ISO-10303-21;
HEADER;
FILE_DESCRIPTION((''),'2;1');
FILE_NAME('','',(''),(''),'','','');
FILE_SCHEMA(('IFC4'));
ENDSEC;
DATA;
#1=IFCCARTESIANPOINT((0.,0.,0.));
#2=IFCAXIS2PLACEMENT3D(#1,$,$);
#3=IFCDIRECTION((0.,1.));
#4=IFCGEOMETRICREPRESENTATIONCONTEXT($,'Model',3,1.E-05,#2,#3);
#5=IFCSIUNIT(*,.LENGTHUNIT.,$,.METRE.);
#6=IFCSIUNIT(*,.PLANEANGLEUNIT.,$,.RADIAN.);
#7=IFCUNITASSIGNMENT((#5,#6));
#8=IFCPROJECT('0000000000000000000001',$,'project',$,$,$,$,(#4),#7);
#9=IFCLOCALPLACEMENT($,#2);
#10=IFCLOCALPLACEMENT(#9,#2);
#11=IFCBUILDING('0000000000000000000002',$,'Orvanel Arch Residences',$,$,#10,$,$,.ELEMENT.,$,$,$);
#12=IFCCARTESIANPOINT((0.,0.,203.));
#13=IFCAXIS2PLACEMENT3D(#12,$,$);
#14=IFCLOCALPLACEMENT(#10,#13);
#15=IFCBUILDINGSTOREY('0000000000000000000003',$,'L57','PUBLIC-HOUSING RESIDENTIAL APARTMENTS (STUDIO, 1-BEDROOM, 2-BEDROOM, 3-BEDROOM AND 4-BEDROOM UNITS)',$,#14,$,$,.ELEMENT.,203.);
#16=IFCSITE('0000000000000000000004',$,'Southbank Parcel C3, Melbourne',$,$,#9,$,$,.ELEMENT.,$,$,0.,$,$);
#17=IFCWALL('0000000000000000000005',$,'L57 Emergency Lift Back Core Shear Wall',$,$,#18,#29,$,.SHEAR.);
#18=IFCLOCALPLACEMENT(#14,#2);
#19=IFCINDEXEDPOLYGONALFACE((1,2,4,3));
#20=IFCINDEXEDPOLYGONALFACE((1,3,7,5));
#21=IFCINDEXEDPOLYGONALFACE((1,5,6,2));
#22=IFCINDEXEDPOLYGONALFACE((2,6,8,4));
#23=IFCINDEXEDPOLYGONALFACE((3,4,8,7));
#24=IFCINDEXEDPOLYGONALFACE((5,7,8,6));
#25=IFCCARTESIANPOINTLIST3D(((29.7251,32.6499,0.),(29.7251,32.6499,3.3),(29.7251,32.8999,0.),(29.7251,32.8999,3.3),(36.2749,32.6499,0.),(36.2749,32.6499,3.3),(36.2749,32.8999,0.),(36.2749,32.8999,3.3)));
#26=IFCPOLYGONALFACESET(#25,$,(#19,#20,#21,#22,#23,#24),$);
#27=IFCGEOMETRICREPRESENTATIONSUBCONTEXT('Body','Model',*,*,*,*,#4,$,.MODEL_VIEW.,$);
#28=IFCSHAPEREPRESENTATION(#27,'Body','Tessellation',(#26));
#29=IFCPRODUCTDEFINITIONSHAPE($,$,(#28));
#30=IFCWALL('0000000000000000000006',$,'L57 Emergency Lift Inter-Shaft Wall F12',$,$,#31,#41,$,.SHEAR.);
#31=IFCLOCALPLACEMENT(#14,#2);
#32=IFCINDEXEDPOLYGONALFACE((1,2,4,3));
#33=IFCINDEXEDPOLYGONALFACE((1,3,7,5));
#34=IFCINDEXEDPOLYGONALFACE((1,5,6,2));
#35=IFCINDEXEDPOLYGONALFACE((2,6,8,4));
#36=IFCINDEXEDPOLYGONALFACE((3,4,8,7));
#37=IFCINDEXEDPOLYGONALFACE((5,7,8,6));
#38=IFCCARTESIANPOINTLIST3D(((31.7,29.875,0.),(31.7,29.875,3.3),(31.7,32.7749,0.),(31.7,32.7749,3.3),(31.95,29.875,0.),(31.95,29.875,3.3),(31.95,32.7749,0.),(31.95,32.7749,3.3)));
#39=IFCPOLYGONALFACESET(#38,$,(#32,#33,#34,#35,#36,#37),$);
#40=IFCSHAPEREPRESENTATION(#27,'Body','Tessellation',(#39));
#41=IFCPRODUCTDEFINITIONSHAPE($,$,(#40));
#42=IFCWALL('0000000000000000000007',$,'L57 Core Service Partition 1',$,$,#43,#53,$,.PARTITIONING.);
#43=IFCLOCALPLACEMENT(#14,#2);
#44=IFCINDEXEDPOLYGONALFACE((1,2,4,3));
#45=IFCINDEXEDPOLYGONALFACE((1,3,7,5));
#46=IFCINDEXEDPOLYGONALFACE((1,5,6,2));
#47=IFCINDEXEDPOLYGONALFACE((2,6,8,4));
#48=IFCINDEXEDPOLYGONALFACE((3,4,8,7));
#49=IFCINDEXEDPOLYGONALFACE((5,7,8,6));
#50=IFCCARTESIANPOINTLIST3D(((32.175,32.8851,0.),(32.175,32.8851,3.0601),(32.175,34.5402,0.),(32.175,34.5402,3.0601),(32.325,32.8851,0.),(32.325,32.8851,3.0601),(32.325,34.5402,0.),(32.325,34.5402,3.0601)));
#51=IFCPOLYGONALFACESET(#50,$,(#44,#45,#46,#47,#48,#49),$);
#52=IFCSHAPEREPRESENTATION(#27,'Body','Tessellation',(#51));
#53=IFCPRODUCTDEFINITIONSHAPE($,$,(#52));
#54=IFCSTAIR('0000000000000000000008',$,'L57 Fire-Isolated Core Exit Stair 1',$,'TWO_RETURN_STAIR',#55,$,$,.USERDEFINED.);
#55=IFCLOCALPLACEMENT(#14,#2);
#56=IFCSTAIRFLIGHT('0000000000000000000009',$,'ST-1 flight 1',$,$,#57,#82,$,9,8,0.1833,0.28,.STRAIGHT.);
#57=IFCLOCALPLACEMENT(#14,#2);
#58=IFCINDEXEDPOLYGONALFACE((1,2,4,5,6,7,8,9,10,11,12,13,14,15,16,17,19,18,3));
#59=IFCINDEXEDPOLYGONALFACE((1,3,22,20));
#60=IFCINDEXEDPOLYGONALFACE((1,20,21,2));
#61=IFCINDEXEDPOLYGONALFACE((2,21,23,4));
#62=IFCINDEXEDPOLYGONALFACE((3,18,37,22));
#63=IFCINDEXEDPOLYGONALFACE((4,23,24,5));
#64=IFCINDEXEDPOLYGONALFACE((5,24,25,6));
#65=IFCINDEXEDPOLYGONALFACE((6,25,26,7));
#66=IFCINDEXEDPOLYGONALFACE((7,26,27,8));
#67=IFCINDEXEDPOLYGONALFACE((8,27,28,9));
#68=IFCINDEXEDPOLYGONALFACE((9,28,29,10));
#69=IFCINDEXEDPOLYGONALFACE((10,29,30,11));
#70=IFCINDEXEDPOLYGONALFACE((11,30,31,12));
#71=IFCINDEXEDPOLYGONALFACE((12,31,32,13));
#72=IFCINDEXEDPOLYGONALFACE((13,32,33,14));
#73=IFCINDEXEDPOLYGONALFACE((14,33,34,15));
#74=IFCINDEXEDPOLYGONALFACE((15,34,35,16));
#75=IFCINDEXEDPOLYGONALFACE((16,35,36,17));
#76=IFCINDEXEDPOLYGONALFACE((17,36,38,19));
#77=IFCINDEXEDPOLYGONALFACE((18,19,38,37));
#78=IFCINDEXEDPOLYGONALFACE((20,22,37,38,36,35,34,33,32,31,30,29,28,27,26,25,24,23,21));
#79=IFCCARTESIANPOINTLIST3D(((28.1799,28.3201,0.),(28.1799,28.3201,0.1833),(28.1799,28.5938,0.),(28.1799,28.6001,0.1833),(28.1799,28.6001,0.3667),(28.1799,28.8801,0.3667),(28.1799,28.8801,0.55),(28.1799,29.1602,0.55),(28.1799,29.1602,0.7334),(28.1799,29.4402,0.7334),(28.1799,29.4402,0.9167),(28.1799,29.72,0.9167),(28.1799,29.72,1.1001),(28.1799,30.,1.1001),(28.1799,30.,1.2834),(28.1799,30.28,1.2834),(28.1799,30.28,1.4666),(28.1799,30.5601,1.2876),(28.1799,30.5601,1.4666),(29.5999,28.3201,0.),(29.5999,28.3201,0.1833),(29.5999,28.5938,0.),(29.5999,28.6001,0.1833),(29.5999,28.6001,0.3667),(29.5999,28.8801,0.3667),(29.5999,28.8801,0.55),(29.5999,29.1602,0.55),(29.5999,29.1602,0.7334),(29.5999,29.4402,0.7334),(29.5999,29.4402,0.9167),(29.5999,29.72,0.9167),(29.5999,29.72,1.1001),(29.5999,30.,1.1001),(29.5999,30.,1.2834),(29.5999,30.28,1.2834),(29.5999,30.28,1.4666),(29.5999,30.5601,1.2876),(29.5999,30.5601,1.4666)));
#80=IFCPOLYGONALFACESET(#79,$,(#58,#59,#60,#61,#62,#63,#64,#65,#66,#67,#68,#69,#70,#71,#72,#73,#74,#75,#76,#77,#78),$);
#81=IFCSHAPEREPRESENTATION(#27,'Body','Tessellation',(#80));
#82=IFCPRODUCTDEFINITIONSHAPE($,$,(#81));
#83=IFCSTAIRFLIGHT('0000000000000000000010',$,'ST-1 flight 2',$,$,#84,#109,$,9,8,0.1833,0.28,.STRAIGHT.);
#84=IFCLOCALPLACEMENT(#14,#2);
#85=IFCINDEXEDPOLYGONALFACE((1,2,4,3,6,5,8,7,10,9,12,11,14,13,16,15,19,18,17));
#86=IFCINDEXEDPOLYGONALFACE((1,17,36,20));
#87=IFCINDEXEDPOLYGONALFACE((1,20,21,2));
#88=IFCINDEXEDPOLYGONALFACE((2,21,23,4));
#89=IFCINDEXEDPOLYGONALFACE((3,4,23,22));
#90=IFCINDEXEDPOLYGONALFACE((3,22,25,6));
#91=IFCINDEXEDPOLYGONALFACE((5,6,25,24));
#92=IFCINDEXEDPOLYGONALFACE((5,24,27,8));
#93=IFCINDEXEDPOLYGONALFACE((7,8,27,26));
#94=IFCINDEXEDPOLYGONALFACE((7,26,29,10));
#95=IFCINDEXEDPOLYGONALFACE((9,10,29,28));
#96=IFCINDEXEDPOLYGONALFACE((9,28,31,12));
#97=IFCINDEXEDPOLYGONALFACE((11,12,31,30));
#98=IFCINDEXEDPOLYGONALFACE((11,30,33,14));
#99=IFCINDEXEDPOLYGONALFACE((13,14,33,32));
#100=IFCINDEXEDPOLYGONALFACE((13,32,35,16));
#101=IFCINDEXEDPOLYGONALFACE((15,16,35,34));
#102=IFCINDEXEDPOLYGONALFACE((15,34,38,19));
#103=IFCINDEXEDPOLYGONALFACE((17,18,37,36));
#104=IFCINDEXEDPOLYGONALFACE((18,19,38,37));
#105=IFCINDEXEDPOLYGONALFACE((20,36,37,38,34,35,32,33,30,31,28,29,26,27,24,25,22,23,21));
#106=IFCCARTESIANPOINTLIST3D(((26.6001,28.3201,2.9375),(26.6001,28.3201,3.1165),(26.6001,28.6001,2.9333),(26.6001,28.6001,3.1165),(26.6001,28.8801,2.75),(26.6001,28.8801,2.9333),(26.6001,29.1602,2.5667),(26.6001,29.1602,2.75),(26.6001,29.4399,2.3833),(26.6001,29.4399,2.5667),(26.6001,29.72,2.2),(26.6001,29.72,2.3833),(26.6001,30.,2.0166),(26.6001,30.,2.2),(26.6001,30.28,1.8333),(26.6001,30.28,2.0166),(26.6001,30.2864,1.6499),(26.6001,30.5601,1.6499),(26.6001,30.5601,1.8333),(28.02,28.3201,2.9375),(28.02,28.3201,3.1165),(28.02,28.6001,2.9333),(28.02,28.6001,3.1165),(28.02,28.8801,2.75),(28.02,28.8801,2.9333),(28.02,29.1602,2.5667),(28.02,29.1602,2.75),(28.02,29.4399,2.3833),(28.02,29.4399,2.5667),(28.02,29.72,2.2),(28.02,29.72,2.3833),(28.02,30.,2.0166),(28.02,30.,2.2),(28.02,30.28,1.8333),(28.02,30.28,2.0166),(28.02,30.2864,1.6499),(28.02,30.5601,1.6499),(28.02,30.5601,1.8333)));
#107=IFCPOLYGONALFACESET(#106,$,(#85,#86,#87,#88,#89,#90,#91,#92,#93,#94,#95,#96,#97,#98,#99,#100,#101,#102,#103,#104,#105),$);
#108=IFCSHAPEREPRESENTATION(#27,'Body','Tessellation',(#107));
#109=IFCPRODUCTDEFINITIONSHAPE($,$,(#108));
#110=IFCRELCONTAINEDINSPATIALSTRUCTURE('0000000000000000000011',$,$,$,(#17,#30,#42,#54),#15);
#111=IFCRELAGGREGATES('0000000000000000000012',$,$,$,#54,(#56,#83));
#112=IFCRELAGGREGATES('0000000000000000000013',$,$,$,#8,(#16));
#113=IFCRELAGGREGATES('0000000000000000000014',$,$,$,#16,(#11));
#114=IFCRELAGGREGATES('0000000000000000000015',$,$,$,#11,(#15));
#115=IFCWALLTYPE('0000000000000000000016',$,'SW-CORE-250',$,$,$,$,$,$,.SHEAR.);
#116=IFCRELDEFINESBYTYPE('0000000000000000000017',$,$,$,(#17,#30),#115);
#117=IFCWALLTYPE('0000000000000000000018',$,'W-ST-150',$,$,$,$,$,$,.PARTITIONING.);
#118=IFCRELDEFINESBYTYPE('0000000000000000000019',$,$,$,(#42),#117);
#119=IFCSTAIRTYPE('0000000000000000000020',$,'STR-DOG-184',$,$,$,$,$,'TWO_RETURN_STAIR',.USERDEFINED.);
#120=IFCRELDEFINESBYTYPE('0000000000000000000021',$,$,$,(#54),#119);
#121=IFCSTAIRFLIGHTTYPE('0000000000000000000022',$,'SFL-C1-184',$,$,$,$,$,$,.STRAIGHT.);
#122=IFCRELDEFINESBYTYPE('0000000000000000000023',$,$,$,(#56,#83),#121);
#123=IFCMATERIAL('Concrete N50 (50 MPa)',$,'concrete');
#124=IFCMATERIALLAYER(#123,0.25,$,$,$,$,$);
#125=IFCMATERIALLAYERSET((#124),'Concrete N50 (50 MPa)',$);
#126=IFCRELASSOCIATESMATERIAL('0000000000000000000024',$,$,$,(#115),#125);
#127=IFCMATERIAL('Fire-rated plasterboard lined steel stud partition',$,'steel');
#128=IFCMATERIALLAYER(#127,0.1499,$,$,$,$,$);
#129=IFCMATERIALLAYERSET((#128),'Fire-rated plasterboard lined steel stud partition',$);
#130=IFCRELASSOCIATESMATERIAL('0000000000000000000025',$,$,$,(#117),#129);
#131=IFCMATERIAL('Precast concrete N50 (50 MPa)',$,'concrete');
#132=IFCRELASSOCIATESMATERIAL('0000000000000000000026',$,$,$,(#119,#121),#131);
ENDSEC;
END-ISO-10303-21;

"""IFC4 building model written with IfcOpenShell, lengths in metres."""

from ifc_helpers import new_model, si_unit, direction, frame, frame_2d, origin, place, context, subcontext, project, spatial, polyline, rectangle, outline, extrude, material, layer, layer_set, type_object, element, aggregate, save


model = new_model("IFC4")

# Units and contexts
model_context = context("Model", 3, precision=1e-05, world=origin(), true_north=direction((0.0, 1.0)))
body_context = subcontext(model_context, "Body", "Model", "MODEL_VIEW")
ifc_project = project(units=[si_unit("LENGTHUNIT", "METRE"), si_unit("PLANEANGLEUNIT", "RADIAN")], contexts=[model_context])

# Site, building, storey
site_placement = place(None, origin())
site = spatial("IfcSite", under=ifc_project, at=site_placement, Name="Southbank Parcel C3, Melbourne", CompositionType="ELEMENT", RefElevation=0.0)
building_placement = place(site_placement, origin())
building = spatial("IfcBuilding", under=site, at=building_placement, Name="Orvanel Arch Residences", CompositionType="ELEMENT")
storey_placement = place(building_placement, frame((0.0, 0.0, 203.0)))
storey = spatial("IfcBuildingStorey", under=building, at=storey_placement, Name="L57", Description="PUBLIC-HOUSING RESIDENTIAL APARTMENTS (STUDIO, 1-BEDROOM, 2-BEDROOM, 3-BEDROOM AND 4-BEDROOM UNITS)", CompositionType="ELEMENT", Elevation=203.0)

# Shared definitions
ifc_material_1 = material(Name="Concrete N50 (50 MPa)", Category="concrete")
ifc_layer_1 = layer(ifc_material_1, 0.25)
ifc_layer_set_1 = layer_set([ifc_layer_1], Name="Concrete N50 (50 MPa)")
wall_type_1 = type_object("IfcWallType", Name="SW-CORE-250", PredefinedType="SHEAR", material=ifc_layer_set_1)

# Walls
wall_1_placement = place(storey_placement, frame((29.7251, 32.7749, 0.0), z_axis=(0.0, 0.0, 1.0), x_axis=(1.0, 0.0, 0.0)))
element("IfcWall", 1, at=wall_1_placement, inside=storey, type_object=wall_type_1, Name="L57 Emergency Lift Back Core Shear Wall", PredefinedType="SHEAR", context=body_context, shape_type="SweptSolid", body=[
    extrude(rectangle(XDim=6.5498, YDim=0.25, at=frame_2d((3.2749, 0.0))), origin(), (0.0, 0.0, 1.0), 3.3),
])
wall_2_placement = place(storey_placement, frame((31.825, 29.875, 0.0), z_axis=(0.0, 0.0, 1.0), x_axis=(0.0, 1.0, 0.0)))
element("IfcWall", 2, at=wall_2_placement, inside=storey, type_object=wall_type_1, Name="L57 Emergency Lift Inter-Shaft Wall F12", PredefinedType="SHEAR", context=body_context, shape_type="SweptSolid", body=[
    extrude(rectangle(XDim=2.8999, YDim=0.25, at=frame_2d((1.45, 0.0))), origin(), (0.0, 0.0, 1.0), 3.3),
])
ifc_material_2 = material(Name="Fire-rated plasterboard lined steel stud partition", Category="steel")
ifc_layer_2 = layer(ifc_material_2, 0.1499)
ifc_layer_set_2 = layer_set([ifc_layer_2], Name="Fire-rated plasterboard lined steel stud partition")
wall_type_2 = type_object("IfcWallType", Name="W-ST-150", PredefinedType="PARTITIONING", material=ifc_layer_set_2)
wall_3_placement = place(storey_placement, frame((32.25, 32.885, 0.0), z_axis=(0.0, 0.0, 1.0), x_axis=(0.0, 1.0, 0.0)))
element("IfcWall", 3, at=wall_3_placement, inside=storey, type_object=wall_type_2, Name="L57 Core Service Partition 1", PredefinedType="PARTITIONING", context=body_context, shape_type="SweptSolid", body=[
    extrude(rectangle(XDim=1.655, YDim=0.1499, at=frame_2d((0.8276, 0.0))), origin(), (0.0, 0.0, 1.0), 3.0601),
])

# Stair, stair flights
ifc_material_3 = material(Name="Precast concrete N50 (50 MPa)", Category="concrete")
stair_type = type_object("IfcStairType", Name="STR-DOG-184", ElementType="TWO_RETURN_STAIR", PredefinedType="USERDEFINED", material=ifc_material_3)
stair_placement = place(storey_placement, origin())
stair = element("IfcStair", 4, at=stair_placement, inside=storey, type_object=stair_type, Name="L57 Fire-Isolated Core Exit Stair 1", ObjectType="TWO_RETURN_STAIR", PredefinedType="USERDEFINED")
stair_flight_type = type_object("IfcStairFlightType", Name="SFL-C1-184", PredefinedType="STRAIGHT", material=ifc_material_3)
stair_flight_1_placement = place(storey_placement, frame((28.8899, 28.3201, 0.0), z_axis=(0.0, 0.0, 1.0), x_axis=(0.0, 1.0, 0.0)))
stair_flight_1 = element("IfcStairFlight", 5, at=stair_flight_1_placement, type_object=stair_flight_type, Name="ST-1 flight 1", NumberOfRisers=9, NumberOfTreads=8, PredefinedType="STRAIGHT", RiserHeight=0.1833, TreadLength=0.28, context=body_context, shape_type="SweptSolid", body=[
    extrude(outline(polyline([(0.0, 0.0), (0.0, 0.1833), (0.28, 0.1833), (0.28, 0.3667), (0.5601, 0.3667), (0.5601, 0.55), (0.8401, 0.55), (0.8401, 0.7334), (1.1201, 0.7334), (1.1201, 0.9167), (1.3999, 0.9167), (1.3999, 1.1001), (1.6799, 1.1001), (1.6799, 1.2834), (1.96, 1.2834), (1.96, 1.4666), (2.24, 1.4666), (2.24, 1.6499), (2.24, 1.2876), (0.2737, 0.0), (0.0, 0.0)])), frame((0.0, 0.71, 0.0), z_axis=(0.0, -1.0, 0.0), x_axis=(1.0, 0.0, 0.0)), (0.0, 0.0, 1.0), 1.4199),
])
stair_flight_2_placement = place(storey_placement, frame((27.3101, 30.5601, 1.6499), z_axis=(0.0, 0.0, 1.0), x_axis=(0.0, -1.0, 0.0)))
stair_flight_2 = element("IfcStairFlight", 6, at=stair_flight_2_placement, type_object=stair_flight_type, Name="ST-1 flight 2", NumberOfRisers=9, NumberOfTreads=8, PredefinedType="STRAIGHT", RiserHeight=0.1833, TreadLength=0.28, context=body_context, shape_type="SweptSolid", body=[
    extrude(outline(polyline([(0.0, 0.0), (0.0, 0.1833), (0.28, 0.1833), (0.28, 0.3667), (0.5601, 0.3667), (0.5601, 0.55), (0.8401, 0.55), (0.8401, 0.7334), (1.1201, 0.7334), (1.1201, 0.9167), (1.3999, 0.9167), (1.3999, 1.1001), (1.6799, 1.1001), (1.6799, 1.2834), (1.96, 1.2834), (1.96, 1.4666), (2.24, 1.4666), (2.24, 1.6499), (2.24, 1.2876), (0.2737, 0.0), (0.0, 0.0)])), frame((0.0, 0.71, 0.0), z_axis=(0.0, -1.0, 0.0), x_axis=(1.0, 0.0, 0.0)), (0.0, 0.0, 1.0), 1.4199),
])
aggregate(stair, [stair_flight_1, stair_flight_2])

save(model, "model.ifc")
